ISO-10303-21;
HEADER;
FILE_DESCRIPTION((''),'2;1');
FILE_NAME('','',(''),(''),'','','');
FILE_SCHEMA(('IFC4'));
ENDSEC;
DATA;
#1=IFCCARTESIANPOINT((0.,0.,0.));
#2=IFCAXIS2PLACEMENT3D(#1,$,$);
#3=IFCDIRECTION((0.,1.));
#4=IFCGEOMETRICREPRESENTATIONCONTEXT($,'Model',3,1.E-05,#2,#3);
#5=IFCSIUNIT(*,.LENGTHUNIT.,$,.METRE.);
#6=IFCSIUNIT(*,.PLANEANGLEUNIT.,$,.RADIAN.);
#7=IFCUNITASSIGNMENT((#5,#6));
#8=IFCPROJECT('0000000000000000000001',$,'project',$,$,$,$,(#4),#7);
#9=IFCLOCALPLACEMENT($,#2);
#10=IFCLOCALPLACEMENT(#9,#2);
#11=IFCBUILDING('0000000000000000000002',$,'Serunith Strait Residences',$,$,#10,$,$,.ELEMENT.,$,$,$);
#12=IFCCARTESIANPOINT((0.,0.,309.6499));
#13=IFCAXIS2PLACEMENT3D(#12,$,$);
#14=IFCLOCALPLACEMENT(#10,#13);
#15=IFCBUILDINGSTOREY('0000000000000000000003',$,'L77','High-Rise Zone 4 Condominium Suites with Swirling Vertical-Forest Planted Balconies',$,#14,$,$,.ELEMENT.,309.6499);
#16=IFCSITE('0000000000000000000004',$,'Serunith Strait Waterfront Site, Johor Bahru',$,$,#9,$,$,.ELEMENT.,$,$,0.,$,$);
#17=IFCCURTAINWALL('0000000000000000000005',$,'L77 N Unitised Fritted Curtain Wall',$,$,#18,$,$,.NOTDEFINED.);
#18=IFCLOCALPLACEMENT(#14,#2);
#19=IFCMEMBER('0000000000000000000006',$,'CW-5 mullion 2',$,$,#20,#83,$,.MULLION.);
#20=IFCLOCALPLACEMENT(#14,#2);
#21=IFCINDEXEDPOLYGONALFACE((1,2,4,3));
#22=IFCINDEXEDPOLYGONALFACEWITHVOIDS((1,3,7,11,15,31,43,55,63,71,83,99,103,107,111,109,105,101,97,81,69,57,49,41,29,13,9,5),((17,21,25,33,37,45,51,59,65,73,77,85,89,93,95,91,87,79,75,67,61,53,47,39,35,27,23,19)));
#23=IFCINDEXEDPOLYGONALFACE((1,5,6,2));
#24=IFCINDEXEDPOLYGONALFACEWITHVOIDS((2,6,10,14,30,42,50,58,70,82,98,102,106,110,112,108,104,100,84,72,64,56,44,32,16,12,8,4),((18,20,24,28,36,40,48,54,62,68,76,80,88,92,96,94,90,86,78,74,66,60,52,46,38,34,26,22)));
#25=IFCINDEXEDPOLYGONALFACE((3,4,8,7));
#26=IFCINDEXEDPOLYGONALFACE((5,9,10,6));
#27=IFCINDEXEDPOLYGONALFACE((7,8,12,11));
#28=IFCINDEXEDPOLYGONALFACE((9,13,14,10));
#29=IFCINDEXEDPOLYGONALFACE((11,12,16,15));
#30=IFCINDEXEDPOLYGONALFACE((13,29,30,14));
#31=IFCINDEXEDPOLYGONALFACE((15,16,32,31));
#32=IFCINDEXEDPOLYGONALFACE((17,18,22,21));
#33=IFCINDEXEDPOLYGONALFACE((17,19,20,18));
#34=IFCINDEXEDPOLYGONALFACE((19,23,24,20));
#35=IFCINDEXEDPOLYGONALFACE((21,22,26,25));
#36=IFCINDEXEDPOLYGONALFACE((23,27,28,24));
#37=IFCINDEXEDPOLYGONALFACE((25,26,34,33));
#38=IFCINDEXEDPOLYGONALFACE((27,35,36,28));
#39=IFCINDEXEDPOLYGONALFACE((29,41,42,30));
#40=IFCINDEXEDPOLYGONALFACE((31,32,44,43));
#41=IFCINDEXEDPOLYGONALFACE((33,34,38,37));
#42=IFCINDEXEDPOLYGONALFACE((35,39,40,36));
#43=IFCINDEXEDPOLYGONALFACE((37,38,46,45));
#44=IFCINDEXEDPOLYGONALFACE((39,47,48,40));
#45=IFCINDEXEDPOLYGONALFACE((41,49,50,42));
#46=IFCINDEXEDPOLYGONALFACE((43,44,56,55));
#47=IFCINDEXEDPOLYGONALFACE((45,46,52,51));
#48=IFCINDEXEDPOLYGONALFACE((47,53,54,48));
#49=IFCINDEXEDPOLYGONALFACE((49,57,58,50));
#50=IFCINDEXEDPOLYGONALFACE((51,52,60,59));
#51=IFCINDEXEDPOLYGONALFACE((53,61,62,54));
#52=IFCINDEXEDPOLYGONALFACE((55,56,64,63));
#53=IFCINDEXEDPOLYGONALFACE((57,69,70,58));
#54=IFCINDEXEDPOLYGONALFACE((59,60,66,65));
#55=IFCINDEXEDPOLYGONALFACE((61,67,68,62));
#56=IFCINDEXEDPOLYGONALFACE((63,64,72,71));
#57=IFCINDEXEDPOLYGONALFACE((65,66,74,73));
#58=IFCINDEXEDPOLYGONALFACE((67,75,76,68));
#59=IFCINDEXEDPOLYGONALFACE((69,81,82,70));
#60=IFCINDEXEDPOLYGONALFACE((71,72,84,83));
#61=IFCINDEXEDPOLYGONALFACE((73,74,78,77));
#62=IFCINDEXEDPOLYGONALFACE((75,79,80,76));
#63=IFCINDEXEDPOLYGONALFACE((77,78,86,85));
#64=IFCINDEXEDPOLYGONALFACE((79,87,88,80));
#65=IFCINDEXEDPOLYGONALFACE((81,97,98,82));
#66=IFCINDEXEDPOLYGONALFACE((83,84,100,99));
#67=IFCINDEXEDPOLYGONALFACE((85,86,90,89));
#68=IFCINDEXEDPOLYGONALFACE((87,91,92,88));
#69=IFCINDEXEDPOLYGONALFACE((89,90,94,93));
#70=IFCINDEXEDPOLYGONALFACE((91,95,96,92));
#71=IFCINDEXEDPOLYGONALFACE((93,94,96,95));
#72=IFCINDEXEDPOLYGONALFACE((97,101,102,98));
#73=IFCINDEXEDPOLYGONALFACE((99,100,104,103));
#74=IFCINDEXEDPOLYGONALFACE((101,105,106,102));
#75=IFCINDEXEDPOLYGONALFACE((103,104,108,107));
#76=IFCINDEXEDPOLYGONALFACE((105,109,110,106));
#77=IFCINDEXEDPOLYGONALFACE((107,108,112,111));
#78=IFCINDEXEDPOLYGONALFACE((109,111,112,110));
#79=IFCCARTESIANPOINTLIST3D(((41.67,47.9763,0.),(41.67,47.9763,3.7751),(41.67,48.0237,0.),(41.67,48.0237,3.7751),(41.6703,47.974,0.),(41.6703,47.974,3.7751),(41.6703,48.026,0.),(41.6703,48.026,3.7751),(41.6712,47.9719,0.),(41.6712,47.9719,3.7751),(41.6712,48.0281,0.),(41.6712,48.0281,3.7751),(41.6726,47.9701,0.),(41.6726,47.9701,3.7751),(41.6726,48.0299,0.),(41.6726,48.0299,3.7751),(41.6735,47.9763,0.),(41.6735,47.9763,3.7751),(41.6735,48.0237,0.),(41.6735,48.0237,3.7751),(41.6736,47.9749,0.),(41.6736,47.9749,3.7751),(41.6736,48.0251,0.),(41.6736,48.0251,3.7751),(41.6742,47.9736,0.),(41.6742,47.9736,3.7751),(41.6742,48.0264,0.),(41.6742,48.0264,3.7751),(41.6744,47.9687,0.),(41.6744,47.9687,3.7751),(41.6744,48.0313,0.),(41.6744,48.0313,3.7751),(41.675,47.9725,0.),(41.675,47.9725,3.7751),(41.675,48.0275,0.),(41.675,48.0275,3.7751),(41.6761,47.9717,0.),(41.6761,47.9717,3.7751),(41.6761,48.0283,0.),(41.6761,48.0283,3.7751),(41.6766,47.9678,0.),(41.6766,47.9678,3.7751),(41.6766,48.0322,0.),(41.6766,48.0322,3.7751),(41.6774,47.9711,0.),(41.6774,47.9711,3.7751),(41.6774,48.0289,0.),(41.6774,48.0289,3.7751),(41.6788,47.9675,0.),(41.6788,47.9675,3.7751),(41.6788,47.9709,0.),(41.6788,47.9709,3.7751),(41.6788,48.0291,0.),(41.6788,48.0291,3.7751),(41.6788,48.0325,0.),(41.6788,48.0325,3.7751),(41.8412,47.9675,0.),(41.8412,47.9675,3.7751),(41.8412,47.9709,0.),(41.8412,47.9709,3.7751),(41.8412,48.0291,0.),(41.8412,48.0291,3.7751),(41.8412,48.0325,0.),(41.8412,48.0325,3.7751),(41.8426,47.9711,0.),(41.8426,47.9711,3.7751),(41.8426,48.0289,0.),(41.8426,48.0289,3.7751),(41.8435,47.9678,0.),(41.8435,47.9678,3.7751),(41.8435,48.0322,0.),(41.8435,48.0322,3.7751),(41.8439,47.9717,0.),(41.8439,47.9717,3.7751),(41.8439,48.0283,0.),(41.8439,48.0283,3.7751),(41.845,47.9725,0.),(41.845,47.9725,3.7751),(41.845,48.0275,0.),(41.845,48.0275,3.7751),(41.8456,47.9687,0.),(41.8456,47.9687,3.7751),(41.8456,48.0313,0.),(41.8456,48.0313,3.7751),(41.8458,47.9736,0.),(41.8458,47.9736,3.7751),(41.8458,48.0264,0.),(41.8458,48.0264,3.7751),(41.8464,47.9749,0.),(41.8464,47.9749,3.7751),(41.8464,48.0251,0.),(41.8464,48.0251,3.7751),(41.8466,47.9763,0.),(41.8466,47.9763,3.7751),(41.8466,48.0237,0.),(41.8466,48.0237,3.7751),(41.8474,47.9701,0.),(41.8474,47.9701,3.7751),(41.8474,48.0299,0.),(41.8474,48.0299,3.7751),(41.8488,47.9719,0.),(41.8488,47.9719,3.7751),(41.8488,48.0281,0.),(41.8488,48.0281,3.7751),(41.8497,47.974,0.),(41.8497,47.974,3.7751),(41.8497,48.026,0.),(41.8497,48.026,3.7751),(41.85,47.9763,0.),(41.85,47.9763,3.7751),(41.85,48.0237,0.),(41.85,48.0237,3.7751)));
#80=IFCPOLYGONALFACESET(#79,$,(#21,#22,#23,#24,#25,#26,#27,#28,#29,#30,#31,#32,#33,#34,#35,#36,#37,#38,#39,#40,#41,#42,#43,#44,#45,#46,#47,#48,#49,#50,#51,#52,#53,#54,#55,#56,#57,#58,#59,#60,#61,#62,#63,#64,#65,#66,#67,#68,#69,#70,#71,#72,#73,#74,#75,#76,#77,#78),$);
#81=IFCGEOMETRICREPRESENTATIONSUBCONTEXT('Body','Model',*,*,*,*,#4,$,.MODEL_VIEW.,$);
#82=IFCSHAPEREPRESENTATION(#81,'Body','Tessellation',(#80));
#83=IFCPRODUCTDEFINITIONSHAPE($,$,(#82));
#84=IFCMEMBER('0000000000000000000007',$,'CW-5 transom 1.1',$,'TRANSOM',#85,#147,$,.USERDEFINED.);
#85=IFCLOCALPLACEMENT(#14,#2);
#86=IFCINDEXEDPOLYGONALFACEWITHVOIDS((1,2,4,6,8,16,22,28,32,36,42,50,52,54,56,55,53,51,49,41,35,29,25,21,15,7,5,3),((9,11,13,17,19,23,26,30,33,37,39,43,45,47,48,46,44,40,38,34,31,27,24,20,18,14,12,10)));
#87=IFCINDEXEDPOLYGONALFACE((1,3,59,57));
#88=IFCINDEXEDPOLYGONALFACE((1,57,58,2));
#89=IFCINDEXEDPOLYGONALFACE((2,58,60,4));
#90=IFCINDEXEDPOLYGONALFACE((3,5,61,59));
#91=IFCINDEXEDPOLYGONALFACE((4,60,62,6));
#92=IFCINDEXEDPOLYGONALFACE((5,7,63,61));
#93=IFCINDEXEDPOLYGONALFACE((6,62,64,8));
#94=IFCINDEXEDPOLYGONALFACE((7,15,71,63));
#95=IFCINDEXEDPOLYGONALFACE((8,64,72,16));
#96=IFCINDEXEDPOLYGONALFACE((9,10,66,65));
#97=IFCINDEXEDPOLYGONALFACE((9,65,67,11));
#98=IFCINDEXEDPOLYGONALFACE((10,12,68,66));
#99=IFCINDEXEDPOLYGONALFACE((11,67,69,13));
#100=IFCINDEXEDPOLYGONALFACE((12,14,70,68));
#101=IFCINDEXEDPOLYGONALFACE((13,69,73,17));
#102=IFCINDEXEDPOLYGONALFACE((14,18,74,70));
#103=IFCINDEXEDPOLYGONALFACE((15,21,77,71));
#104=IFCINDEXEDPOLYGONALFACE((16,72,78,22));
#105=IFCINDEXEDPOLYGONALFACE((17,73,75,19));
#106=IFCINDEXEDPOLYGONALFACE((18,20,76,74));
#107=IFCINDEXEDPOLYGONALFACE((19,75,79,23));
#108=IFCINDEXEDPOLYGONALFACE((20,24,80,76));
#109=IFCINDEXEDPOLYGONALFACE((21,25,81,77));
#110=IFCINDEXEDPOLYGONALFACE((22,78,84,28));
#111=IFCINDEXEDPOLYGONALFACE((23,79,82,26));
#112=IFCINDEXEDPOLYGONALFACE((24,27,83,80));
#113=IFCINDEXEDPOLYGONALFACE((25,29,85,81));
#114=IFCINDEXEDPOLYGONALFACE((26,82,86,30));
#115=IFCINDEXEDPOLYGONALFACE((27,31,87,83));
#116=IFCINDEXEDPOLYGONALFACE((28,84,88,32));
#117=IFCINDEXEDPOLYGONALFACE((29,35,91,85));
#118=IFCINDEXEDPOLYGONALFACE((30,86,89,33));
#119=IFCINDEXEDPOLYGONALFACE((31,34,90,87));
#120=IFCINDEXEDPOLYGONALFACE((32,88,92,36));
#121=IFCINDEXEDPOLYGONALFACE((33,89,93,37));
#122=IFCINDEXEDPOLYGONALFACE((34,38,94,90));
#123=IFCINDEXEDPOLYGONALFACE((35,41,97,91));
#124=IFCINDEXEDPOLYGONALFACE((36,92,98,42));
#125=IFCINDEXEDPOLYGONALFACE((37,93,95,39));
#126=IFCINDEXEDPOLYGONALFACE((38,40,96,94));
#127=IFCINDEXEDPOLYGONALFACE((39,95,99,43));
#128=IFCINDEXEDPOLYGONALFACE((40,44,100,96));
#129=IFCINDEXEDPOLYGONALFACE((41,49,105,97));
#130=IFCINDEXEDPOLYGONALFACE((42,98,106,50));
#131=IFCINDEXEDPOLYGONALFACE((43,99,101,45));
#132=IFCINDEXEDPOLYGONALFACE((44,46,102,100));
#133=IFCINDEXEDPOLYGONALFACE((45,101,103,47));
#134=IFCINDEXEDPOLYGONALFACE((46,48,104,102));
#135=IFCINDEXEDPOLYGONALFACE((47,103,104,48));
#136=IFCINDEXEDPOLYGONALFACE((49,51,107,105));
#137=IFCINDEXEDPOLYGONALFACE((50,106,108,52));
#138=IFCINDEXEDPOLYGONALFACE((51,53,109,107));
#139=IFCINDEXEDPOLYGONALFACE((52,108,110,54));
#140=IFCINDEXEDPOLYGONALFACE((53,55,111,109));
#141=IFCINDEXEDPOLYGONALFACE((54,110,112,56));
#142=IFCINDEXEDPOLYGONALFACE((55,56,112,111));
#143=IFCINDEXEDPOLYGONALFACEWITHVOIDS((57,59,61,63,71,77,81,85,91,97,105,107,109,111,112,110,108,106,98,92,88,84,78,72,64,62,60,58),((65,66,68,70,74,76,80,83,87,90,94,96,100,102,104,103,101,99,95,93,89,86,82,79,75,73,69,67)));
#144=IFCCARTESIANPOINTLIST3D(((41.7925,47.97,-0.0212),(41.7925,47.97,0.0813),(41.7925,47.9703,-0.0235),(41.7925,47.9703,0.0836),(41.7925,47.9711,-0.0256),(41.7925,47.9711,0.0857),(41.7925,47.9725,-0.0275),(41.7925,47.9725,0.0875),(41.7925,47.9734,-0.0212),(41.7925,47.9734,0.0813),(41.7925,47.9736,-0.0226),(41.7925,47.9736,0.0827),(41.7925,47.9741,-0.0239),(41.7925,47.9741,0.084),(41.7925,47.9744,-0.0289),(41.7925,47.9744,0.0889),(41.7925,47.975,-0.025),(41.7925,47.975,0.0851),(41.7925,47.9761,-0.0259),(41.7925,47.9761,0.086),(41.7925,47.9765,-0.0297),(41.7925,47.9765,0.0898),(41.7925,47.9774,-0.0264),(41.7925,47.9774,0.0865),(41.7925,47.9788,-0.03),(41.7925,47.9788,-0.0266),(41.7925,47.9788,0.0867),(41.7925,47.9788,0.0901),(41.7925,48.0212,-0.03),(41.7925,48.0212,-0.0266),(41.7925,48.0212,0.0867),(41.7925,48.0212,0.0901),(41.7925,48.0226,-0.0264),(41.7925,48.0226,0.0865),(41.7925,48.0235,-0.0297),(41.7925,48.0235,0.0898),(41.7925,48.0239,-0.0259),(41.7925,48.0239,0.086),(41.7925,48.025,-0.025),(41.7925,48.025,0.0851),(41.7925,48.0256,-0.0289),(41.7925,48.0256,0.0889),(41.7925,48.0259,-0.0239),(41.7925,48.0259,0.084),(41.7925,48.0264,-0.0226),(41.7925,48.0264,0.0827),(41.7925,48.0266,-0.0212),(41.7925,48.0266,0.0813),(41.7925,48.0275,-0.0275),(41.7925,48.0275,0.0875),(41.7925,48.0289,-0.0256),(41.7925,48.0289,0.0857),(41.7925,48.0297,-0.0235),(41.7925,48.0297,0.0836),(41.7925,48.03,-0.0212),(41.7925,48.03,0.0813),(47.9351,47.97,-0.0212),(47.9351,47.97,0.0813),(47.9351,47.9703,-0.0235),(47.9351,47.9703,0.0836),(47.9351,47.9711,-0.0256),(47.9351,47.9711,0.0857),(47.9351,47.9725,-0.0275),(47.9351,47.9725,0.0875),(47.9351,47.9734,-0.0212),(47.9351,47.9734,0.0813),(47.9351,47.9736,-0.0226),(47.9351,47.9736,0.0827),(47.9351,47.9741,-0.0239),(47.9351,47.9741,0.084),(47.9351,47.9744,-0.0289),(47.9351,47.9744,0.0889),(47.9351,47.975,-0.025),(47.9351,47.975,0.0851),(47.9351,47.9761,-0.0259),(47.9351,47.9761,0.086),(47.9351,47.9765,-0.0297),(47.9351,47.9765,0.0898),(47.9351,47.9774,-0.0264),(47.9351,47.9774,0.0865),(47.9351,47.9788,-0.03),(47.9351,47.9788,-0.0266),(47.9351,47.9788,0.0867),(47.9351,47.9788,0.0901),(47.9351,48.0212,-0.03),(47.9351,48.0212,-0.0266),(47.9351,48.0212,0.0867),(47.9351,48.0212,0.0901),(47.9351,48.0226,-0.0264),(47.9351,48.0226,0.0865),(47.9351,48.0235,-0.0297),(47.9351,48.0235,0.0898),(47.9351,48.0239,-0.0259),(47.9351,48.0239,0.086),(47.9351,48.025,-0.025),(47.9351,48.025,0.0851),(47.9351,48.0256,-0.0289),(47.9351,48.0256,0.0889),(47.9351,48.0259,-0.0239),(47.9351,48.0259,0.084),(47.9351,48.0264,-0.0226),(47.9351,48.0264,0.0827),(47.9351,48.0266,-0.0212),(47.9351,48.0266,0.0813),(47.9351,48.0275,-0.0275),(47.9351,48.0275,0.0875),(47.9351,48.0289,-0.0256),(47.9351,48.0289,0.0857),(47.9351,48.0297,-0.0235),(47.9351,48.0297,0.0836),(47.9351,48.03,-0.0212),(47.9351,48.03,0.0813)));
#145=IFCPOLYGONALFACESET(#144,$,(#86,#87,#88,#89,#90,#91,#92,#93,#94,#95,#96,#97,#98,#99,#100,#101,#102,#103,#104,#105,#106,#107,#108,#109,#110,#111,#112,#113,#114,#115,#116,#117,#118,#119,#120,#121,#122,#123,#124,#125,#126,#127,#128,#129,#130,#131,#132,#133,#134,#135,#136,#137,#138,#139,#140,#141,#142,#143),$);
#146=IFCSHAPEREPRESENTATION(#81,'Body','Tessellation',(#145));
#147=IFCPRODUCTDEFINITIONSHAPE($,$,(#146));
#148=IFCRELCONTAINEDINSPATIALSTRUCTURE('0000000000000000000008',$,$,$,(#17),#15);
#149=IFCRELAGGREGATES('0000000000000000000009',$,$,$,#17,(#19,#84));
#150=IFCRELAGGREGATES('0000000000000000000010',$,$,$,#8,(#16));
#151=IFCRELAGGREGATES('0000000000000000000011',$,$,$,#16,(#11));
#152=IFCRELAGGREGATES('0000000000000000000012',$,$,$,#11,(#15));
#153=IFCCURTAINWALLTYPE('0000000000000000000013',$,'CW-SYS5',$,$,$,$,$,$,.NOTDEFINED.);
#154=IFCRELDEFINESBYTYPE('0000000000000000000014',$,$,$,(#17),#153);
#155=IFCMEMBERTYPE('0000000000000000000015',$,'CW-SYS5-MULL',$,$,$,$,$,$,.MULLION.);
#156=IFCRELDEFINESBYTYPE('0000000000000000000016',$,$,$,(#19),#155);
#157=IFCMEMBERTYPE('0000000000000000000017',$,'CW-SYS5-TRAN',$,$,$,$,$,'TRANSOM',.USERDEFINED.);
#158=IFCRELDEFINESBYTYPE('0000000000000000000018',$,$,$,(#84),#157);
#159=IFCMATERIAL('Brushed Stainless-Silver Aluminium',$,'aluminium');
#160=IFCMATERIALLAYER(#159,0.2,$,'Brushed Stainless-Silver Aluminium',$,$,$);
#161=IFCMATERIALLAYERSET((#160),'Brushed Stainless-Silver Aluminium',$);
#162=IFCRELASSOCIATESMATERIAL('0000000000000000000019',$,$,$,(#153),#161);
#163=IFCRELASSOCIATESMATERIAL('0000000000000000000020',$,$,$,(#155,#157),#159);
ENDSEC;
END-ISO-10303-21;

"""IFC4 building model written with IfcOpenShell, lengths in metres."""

from ifc_helpers import new_model, si_unit, direction, frame, origin, origin_2d, place, context, subcontext, project, spatial, hollow_rectangle, extrude, source, transform, mapped, material, layer, layer_set, material_profile, profile_set, type_object, element, aggregate, save


model = new_model("IFC4")

# Units and contexts
model_context = context("Model", 3, precision=1e-05, world=origin(), true_north=direction((0.0, 1.0)))
body_context = subcontext(model_context, "Body", "Model", "MODEL_VIEW")
ifc_project = project(units=[si_unit("LENGTHUNIT", "METRE"), si_unit("PLANEANGLEUNIT", "RADIAN")], contexts=[model_context])

# Site, building, storey
site_placement = place(None, origin())
site = spatial("IfcSite", under=ifc_project, at=site_placement, Name="Serunith Strait Waterfront Site, Johor Bahru", CompositionType="ELEMENT", RefElevation=0.0)
building_placement = place(site_placement, origin())
building = spatial("IfcBuilding", under=site, at=building_placement, Name="Serunith Strait Residences", CompositionType="ELEMENT")
storey_placement = place(building_placement, frame((0.0, 0.0, 309.6499)))
storey = spatial("IfcBuildingStorey", under=building, at=storey_placement, Name="L77", Description="High-Rise Zone 4 Condominium Suites with Swirling Vertical-Forest Planted Balconies", CompositionType="ELEMENT", Elevation=309.6499)

# Shared definitions
ifc_material_1 = material(Name="Brushed Stainless-Silver Aluminium", Category="aluminium")
ifc_layer_1 = layer(ifc_material_1, 0.2, Name="Brushed Stainless-Silver Aluminium")
ifc_layer_set_1 = layer_set([ifc_layer_1], Name="Brushed Stainless-Silver Aluminium")
curtain_wall_type = type_object("IfcCurtainWallType", Name="CW-SYS5", PredefinedType="NOTDEFINED", material=ifc_layer_set_1)
ifc_material_profile_1 = material_profile(ifc_material_1, hollow_rectangle(XDim=0.0649, YDim=0.1799, WallThickness=0.0034, InnerFilletRadius=0.0054, OuterFilletRadius=0.0088, at=origin_2d()), Name="ALU 180x65x3.5")
ifc_profile_set_1 = profile_set([ifc_material_profile_1], Name="Brushed Stainless-Silver Aluminium")
member_type_1 = type_object("IfcMemberType", Name="CW-SYS5-MULL", PredefinedType="MULLION", material=ifc_profile_set_1)
shared_shape_1 = source(origin(), body_context, "Body", "SweptSolid", [
    extrude(hollow_rectangle(XDim=0.0649, YDim=0.1799, WallThickness=0.0034, InnerFilletRadius=0.0054, OuterFilletRadius=0.0088, at=origin_2d()), origin(), (0.0, 0.0, 1.0), 3.7751),
])

# Curtain wall, members
curtain_wall_1_placement = place(storey_placement, origin())
curtain_wall_1 = element("IfcCurtainWall", 1, at=curtain_wall_1_placement, inside=storey, type_object=curtain_wall_type, Name="L77 N Unitised Fritted Curtain Wall", PredefinedType="NOTDEFINED")
member_1_placement = place(storey_placement, frame((41.76, 48.0, 0.0), z_axis=(0.0, 0.0, 1.0), x_axis=(0.0, -1.0, 0.0)))
member_1 = element("IfcMember", 2, at=member_1_placement, type_object=member_type_1, Name="CW-5 mullion 2", PredefinedType="MULLION", context=body_context, shape_type="MappedRepresentation", body=[
    mapped(shared_shape_1, transform((0.0, 0.0, 0.0), scale=1.0)),
])
ifc_material_profile_2 = material_profile(ifc_material_1, hollow_rectangle(XDim=0.0601, YDim=0.1201, WallThickness=0.0034, InnerFilletRadius=0.0054, OuterFilletRadius=0.0088, at=origin_2d()), Name="ALU 120x60x3.5")
ifc_profile_set_2 = profile_set([ifc_material_profile_2], Name="Brushed Stainless-Silver Aluminium")
member_type_2 = type_object("IfcMemberType", Name="CW-SYS5-TRAN", ElementType="TRANSOM", PredefinedType="USERDEFINED", material=ifc_profile_set_2)
shared_shape_2 = source(origin(), body_context, "Body", "SweptSolid", [
    extrude(hollow_rectangle(XDim=0.0601, YDim=0.1201, WallThickness=0.0034, InnerFilletRadius=0.0054, OuterFilletRadius=0.0088, at=origin_2d()), origin(), (0.0, 0.0, 1.0), 6.1426),
])
member_2_placement = place(storey_placement, frame((47.9351, 48.0, 0.03), z_axis=(-1.0, 0.0, 0.0), x_axis=(0.0, -1.0, 0.0)))
member_2 = element("IfcMember", 3, at=member_2_placement, type_object=member_type_2, Name="CW-5 transom 1.1", ObjectType="TRANSOM", PredefinedType="USERDEFINED", context=body_context, shape_type="MappedRepresentation", body=[
    mapped(shared_shape_2, transform((0.0, 0.0, 0.0), scale=1.0)),
])
aggregate(curtain_wall_1, [member_1, member_2])

save(model, "model.ifc")
